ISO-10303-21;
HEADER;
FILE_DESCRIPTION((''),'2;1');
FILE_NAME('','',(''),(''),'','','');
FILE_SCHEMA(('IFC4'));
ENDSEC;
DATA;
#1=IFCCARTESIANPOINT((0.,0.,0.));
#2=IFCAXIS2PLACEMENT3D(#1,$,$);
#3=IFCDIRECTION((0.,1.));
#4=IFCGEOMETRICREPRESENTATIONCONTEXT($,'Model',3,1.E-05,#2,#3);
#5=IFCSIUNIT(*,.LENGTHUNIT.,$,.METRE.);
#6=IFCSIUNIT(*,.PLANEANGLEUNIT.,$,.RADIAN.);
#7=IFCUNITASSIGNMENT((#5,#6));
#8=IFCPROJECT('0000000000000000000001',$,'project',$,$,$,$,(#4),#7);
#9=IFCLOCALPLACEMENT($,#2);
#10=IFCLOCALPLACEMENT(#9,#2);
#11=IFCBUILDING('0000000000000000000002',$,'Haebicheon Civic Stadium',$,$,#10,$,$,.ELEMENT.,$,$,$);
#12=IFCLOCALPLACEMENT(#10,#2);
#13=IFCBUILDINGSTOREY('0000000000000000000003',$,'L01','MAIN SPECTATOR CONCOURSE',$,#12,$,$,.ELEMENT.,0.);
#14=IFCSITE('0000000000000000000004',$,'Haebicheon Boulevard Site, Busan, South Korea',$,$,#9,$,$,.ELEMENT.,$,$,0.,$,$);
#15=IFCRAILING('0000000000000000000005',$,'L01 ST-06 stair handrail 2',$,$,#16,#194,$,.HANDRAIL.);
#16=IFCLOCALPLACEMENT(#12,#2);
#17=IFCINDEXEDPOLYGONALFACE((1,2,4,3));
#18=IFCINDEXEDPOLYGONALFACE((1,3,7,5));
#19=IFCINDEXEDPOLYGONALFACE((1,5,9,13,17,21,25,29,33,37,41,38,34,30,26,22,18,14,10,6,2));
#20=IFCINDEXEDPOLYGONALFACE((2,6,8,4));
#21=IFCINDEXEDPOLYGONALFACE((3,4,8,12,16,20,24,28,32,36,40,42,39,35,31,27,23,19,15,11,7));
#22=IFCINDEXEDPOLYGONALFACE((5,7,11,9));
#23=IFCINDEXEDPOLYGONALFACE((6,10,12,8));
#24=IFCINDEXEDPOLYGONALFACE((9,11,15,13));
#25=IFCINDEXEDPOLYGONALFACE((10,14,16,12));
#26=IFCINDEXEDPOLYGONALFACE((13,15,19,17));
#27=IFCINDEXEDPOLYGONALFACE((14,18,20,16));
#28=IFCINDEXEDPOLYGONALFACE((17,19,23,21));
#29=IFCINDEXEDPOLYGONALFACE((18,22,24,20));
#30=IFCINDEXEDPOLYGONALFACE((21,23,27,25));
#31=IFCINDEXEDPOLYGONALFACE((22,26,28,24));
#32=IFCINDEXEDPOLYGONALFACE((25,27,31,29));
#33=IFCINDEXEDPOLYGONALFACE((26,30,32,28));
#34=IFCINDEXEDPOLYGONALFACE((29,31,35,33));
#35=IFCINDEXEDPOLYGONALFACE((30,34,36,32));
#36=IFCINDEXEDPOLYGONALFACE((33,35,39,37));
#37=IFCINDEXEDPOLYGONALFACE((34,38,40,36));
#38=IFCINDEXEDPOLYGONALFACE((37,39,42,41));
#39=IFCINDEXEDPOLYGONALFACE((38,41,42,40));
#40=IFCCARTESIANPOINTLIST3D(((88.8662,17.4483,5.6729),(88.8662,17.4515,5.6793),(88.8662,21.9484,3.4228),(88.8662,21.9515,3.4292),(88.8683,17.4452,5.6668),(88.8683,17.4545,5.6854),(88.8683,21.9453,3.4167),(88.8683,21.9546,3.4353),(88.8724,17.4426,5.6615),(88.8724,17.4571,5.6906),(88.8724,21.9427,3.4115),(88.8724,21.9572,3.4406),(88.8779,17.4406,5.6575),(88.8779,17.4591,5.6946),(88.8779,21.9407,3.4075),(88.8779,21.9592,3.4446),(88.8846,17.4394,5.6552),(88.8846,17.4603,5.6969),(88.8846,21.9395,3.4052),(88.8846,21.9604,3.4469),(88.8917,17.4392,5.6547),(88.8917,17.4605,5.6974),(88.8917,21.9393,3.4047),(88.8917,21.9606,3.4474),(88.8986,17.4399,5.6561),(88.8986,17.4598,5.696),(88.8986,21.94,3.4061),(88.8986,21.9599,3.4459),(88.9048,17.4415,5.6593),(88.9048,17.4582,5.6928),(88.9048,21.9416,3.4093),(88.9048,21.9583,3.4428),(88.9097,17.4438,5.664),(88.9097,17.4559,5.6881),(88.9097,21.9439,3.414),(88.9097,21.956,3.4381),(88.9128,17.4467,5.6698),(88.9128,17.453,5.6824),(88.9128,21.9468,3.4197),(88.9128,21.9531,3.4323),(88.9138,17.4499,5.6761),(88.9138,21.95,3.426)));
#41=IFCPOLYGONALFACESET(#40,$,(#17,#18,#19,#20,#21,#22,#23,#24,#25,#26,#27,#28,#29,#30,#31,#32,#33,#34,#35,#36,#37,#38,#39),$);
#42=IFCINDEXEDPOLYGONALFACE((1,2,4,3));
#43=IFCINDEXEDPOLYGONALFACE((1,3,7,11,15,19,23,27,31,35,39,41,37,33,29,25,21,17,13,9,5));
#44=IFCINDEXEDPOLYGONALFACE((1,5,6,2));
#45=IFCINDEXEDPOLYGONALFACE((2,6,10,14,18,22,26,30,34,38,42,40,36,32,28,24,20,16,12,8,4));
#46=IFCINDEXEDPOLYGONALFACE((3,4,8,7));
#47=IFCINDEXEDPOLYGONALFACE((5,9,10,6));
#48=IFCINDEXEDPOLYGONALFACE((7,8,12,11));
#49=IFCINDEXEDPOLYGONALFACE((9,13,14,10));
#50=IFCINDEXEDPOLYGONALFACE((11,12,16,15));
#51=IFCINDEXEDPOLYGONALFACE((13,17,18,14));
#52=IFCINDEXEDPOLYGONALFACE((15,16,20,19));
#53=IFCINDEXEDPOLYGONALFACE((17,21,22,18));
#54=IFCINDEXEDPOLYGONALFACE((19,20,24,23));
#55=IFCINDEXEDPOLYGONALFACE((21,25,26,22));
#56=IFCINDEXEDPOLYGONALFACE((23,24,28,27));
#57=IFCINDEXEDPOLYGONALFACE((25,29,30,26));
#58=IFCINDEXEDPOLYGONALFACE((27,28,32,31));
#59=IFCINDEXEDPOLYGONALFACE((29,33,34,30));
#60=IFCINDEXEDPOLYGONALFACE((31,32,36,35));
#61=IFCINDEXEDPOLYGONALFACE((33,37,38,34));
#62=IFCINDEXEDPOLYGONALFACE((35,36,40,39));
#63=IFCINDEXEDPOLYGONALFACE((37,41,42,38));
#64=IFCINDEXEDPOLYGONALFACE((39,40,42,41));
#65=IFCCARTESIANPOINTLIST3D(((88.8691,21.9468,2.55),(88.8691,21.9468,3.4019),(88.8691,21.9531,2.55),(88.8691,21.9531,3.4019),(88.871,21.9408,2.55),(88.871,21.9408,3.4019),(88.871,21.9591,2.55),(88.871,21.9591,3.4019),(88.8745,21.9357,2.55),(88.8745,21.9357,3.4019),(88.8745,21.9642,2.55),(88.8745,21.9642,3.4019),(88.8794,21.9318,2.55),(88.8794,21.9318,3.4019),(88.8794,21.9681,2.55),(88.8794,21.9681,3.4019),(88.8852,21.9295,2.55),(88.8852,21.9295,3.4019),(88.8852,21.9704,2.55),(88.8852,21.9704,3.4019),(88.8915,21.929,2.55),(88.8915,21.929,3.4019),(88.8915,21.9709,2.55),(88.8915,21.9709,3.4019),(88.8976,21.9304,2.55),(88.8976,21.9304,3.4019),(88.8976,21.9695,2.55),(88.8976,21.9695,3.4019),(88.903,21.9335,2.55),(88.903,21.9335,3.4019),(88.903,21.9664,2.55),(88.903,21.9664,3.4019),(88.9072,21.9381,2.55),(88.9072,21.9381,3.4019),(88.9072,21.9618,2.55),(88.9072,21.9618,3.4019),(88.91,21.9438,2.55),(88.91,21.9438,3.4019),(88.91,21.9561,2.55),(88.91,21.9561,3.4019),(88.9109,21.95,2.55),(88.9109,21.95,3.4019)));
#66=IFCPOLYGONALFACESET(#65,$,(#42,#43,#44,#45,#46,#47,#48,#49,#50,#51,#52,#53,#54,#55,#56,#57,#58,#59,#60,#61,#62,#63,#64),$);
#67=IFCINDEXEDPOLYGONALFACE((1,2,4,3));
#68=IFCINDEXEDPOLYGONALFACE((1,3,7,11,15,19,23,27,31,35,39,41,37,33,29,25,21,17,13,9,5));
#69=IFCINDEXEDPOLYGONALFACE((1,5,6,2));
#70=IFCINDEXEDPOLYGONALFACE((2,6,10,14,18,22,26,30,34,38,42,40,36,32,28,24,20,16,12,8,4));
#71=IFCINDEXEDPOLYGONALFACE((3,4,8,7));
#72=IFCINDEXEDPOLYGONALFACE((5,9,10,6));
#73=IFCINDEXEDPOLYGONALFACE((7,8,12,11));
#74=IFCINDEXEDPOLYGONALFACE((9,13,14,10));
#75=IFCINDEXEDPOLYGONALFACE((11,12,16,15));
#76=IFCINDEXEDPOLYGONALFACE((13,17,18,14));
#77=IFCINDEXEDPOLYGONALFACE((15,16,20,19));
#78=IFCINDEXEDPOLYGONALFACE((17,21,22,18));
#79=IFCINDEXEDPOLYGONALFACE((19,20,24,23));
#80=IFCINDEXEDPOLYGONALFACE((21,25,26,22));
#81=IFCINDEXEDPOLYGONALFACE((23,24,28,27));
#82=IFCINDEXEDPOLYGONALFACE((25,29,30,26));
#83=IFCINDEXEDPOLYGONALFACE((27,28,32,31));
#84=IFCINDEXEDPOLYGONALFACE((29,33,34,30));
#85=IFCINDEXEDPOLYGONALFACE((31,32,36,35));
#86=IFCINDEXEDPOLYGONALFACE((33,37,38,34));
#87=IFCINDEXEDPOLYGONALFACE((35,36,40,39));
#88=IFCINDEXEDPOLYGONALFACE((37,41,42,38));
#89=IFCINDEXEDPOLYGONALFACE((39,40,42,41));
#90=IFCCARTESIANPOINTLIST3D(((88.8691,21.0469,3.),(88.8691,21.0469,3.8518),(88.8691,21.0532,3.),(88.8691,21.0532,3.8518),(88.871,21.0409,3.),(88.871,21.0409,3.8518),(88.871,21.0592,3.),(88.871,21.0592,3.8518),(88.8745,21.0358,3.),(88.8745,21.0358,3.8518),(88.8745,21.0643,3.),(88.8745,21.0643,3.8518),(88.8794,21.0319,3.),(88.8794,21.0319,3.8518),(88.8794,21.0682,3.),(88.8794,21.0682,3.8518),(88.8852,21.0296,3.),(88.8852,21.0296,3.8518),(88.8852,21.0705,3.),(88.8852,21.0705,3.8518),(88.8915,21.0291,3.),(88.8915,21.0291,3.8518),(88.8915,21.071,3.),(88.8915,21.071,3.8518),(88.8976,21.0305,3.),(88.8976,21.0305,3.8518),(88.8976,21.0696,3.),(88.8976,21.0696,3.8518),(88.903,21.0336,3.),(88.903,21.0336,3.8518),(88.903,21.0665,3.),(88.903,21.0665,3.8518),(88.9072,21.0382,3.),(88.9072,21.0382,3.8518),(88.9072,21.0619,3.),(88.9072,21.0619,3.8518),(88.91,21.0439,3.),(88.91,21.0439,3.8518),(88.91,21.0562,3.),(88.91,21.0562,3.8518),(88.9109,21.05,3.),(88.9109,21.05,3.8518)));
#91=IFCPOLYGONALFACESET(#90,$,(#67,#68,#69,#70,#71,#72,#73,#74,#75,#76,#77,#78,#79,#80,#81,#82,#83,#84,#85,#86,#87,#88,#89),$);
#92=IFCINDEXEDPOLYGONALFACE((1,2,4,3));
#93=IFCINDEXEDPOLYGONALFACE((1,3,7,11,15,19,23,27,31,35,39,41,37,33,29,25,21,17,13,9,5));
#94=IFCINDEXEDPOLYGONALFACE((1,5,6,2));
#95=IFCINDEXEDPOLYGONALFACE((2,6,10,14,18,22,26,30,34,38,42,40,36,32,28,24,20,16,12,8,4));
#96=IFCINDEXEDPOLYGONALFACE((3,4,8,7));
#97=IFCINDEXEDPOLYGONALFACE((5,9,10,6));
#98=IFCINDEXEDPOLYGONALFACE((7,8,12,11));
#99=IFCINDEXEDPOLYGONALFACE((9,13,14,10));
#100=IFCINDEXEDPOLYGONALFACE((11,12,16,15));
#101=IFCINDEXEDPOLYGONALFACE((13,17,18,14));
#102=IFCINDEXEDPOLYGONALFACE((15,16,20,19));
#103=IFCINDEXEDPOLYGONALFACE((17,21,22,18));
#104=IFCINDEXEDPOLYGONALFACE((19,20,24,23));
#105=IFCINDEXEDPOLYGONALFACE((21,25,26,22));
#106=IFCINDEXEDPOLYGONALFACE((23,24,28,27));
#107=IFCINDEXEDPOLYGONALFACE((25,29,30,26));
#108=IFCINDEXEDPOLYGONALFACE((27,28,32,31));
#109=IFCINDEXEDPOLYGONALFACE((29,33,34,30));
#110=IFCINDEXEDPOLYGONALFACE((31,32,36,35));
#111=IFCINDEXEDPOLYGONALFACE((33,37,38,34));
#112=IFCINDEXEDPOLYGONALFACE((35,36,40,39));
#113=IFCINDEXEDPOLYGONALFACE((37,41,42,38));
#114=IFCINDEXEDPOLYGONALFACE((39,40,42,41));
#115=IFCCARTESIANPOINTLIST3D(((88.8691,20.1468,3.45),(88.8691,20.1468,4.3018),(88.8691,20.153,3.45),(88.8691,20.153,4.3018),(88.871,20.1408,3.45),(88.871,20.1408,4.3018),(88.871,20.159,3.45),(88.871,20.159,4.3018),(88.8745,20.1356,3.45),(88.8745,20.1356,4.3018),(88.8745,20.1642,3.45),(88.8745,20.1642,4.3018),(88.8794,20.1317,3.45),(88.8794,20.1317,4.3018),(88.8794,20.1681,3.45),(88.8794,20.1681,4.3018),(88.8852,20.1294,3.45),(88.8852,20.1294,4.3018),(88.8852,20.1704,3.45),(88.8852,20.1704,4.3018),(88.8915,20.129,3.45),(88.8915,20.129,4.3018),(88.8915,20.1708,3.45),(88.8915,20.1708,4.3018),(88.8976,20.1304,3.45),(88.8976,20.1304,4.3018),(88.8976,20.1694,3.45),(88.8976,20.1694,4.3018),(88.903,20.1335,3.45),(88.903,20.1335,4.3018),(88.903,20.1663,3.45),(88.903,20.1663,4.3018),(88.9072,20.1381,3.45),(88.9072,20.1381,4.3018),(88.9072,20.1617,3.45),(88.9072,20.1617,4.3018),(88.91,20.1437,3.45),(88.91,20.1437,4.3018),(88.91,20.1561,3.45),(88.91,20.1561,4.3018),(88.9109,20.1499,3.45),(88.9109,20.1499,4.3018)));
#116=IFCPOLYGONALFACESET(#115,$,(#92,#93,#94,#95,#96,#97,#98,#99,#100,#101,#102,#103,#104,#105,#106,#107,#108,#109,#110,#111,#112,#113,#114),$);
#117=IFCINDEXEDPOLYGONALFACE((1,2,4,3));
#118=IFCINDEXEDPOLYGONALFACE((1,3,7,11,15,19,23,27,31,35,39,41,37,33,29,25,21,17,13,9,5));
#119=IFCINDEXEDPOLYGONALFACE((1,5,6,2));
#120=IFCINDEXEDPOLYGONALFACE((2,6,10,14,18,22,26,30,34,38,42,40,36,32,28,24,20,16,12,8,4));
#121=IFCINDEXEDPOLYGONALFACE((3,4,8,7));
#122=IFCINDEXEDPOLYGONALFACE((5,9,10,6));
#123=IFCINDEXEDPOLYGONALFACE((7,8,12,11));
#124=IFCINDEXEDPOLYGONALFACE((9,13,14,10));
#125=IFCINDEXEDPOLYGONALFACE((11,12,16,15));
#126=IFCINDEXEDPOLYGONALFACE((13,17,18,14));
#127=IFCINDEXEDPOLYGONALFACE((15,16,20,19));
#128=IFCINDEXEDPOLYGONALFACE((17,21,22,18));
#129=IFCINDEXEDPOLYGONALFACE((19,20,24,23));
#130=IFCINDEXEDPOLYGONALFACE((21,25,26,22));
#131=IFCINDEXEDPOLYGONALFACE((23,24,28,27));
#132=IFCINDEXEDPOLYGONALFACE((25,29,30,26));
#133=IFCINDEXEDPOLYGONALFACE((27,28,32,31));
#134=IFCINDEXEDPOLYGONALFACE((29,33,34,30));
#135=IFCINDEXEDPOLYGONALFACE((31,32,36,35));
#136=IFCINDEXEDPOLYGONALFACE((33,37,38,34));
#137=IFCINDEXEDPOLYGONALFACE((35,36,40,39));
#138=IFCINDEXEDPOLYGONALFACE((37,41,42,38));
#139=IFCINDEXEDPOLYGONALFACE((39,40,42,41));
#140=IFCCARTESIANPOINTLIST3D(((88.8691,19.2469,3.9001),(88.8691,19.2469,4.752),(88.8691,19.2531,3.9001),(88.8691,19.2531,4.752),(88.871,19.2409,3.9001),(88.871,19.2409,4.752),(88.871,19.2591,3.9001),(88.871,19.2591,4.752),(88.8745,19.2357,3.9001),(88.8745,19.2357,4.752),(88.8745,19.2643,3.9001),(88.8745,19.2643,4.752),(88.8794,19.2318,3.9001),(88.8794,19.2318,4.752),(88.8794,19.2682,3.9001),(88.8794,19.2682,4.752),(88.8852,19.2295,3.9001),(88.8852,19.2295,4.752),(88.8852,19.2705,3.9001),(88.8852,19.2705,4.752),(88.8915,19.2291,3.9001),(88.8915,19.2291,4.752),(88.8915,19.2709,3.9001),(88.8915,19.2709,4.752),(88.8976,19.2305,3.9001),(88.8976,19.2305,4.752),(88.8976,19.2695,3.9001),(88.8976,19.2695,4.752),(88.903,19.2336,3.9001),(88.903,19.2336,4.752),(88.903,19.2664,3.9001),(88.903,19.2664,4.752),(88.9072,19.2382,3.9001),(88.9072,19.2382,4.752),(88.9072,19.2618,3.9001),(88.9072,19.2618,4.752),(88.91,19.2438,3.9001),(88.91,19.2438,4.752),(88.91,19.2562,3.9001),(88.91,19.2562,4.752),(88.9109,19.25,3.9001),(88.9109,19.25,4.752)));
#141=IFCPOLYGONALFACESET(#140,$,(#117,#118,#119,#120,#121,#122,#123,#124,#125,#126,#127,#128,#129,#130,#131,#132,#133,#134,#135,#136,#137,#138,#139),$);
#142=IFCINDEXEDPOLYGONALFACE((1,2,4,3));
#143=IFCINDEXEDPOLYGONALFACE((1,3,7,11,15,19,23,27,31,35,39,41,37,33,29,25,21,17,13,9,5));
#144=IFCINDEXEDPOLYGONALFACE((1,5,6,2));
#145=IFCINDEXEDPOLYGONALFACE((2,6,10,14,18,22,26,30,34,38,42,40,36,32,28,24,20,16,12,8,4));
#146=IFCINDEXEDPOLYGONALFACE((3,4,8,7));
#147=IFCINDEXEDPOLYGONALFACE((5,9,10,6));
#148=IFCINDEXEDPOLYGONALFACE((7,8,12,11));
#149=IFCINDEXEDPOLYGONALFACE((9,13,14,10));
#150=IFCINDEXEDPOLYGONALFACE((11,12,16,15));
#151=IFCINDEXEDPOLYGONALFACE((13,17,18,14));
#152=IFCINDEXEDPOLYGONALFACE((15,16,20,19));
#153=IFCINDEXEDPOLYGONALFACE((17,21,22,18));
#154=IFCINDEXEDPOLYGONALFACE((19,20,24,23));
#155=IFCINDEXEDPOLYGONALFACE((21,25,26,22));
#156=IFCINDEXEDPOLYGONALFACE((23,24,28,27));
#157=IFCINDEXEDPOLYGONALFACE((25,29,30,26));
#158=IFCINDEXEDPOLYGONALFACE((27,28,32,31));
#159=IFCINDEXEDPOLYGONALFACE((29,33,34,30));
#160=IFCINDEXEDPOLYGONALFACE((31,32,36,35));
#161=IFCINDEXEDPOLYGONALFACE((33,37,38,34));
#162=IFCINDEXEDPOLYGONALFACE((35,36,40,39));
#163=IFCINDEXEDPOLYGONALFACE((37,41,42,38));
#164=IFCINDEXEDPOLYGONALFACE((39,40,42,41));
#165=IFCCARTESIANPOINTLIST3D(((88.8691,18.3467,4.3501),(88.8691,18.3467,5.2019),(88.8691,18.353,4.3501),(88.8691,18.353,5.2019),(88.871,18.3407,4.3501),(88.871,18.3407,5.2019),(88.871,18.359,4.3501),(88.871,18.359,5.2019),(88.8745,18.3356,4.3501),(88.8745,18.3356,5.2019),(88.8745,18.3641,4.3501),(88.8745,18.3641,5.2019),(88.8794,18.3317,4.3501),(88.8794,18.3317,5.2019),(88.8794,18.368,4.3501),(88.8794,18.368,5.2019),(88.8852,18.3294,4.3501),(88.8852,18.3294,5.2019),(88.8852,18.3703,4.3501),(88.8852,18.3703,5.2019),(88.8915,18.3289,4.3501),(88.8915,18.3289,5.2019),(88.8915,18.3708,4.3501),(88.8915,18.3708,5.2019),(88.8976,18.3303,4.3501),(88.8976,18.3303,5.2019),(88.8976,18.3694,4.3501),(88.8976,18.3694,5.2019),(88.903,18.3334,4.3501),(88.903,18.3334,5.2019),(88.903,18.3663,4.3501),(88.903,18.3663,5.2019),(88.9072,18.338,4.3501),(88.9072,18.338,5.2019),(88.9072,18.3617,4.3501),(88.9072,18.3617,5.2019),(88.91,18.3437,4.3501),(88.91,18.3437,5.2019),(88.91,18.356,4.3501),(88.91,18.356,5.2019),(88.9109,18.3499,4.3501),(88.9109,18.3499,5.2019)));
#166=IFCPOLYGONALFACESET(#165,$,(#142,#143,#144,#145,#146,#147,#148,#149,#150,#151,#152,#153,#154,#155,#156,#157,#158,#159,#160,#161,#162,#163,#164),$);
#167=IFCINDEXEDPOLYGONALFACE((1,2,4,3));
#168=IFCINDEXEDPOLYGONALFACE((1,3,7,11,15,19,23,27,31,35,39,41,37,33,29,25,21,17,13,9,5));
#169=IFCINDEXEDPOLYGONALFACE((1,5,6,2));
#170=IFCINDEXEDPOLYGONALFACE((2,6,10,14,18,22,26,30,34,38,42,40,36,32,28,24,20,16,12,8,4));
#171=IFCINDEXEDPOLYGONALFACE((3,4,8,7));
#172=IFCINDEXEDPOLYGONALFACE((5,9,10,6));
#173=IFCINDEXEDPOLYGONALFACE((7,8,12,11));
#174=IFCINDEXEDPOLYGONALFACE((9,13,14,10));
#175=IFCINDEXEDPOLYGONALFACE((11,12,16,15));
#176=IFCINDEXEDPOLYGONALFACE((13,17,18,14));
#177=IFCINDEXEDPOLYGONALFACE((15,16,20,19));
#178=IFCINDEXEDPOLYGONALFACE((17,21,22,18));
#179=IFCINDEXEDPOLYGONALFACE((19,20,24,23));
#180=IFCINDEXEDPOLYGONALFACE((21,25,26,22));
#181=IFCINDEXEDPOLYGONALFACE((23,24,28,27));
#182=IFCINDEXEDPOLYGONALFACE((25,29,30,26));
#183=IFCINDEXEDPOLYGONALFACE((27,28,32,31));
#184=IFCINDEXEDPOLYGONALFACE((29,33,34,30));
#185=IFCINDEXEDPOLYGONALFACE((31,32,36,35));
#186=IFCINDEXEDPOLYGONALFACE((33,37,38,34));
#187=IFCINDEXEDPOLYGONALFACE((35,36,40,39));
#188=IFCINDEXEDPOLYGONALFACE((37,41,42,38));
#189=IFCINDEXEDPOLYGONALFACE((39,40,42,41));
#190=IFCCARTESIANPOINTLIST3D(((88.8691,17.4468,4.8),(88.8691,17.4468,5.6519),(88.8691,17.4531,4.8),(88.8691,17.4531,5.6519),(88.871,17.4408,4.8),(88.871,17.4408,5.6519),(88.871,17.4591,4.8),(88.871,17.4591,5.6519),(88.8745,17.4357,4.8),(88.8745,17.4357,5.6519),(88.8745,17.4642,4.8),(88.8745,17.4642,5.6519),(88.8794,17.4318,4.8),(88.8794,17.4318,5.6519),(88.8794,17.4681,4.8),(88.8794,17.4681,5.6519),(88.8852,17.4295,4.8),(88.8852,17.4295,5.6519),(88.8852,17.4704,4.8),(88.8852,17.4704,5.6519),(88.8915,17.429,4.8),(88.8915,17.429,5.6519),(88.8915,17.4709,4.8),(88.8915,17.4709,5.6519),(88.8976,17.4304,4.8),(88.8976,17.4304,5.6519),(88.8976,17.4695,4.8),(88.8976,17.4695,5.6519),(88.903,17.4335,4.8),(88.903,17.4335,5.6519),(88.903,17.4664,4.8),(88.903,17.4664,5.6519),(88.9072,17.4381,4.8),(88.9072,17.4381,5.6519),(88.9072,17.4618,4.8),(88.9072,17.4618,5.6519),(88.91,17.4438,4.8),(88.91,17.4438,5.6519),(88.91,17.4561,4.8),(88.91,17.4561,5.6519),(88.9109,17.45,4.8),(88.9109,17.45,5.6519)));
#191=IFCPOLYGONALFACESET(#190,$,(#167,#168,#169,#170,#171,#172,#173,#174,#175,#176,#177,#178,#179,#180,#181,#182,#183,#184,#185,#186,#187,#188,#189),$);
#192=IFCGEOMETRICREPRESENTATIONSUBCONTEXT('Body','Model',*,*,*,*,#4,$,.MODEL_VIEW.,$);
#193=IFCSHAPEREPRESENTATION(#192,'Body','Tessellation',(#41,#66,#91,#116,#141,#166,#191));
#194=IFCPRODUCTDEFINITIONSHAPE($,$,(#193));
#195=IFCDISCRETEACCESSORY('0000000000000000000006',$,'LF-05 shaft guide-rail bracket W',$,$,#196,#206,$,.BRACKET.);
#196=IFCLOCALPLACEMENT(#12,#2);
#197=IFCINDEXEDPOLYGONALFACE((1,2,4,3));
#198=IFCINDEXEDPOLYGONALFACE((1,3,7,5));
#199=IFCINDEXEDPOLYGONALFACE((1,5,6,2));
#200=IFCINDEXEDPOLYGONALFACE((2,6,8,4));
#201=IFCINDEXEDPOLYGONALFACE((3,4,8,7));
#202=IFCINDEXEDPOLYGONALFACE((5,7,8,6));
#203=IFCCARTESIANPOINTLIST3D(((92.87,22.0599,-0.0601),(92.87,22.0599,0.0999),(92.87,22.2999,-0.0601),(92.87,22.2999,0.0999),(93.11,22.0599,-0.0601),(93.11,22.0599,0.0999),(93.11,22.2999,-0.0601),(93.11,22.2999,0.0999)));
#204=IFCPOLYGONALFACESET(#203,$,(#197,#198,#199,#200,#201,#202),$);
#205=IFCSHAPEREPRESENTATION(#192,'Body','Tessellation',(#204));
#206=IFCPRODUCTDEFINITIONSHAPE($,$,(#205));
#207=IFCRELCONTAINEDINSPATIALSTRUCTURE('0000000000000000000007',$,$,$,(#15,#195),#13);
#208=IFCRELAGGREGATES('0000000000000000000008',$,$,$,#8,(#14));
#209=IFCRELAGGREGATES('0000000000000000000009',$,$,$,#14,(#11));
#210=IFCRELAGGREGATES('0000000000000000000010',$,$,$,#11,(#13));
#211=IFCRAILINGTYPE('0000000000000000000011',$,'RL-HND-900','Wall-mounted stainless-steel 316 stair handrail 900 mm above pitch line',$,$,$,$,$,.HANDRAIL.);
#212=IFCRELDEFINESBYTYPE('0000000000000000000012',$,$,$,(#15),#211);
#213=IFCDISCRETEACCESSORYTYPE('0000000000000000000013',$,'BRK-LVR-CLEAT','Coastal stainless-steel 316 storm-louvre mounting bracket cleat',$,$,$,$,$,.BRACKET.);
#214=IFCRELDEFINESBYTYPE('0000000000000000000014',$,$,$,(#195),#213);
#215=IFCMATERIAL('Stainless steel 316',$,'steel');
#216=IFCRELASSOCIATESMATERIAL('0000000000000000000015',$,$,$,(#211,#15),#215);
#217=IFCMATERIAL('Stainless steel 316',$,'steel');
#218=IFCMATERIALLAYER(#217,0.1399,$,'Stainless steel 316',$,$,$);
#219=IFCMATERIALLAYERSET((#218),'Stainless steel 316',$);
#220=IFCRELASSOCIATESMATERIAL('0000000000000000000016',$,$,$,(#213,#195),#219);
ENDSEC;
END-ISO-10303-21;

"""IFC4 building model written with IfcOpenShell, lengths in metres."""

from ifc_helpers import new_model, si_unit, direction, frame, origin, origin_2d, place, context, subcontext, project, spatial, rectangle, circle, extrude, material, layer, layer_set, type_object, element, save


model = new_model("IFC4")

# Units and contexts
model_context = context("Model", 3, precision=1e-05, world=origin(), true_north=direction((0.0, 1.0)))
body_context = subcontext(model_context, "Body", "Model", "MODEL_VIEW")
ifc_project = project(units=[si_unit("LENGTHUNIT", "METRE"), si_unit("PLANEANGLEUNIT", "RADIAN")], contexts=[model_context])

# Site, building, storey
site_placement = place(None, origin())
site = spatial("IfcSite", under=ifc_project, at=site_placement, Name="Haebicheon Boulevard Site, Busan, South Korea", CompositionType="ELEMENT", RefElevation=0.0)
building_placement = place(site_placement, origin())
building = spatial("IfcBuilding", under=site, at=building_placement, Name="Haebicheon Civic Stadium", CompositionType="ELEMENT")
storey_placement = place(building_placement, origin())
storey = spatial("IfcBuildingStorey", under=building, at=storey_placement, Name="L01", Description="MAIN SPECTATOR CONCOURSE", CompositionType="ELEMENT", Elevation=0.0)

# Railing
ifc_material_1 = material(Name="Stainless steel 316", Category="steel")
railing_type_1 = type_object("IfcRailingType", Name="RL-HND-900", Description="Wall-mounted stainless-steel 316 stair handrail 900 mm above pitch line", PredefinedType="HANDRAIL", material=ifc_material_1)
railing_1_placement = place(storey_placement, frame((88.8899, 21.95, 2.55)))
element("IfcRailing", 1, at=railing_1_placement, inside=storey, type_object=railing_type_1, material=ifc_material_1, Name="L01 ST-06 stair handrail 2", PredefinedType="HANDRAIL", context=body_context, shape_type="SweptSolid", body=[
    extrude(circle(Radius=0.0239, at=origin_2d()), frame((0.0, 0.0, 0.876), z_axis=(0.0, -0.894427, 0.447214), x_axis=(1.0, 0.0, 0.0)), (0.0, 0.0, 1.0), 5.0312),
    extrude(circle(Radius=0.021, at=origin_2d()), origin(), (0.0, 0.0, 1.0), 0.8518),
    extrude(circle(Radius=0.021, at=origin_2d()), frame((0.0, -0.8999, 0.45)), (0.0, 0.0, 1.0), 0.8518),
    extrude(circle(Radius=0.021, at=origin_2d()), frame((0.0, -1.8, 0.8999)), (0.0, 0.0, 1.0), 0.8518),
    extrude(circle(Radius=0.021, at=origin_2d()), frame((0.0, -2.7, 1.3501)), (0.0, 0.0, 1.0), 0.8518),
    extrude(circle(Radius=0.021, at=origin_2d()), frame((0.0, -3.6001, 1.8)), (0.0, 0.0, 1.0), 0.8518),
    extrude(circle(Radius=0.021, at=origin_2d()), frame((0.0, -4.5, 2.25)), (0.0, 0.0, 1.0), 0.8518),
])

# Discrete accessory
ifc_material_2 = material(Name="Stainless steel 316", Category="steel")
ifc_layer_1 = layer(ifc_material_2, 0.1399, Name="Stainless steel 316")
ifc_layer_set_1 = layer_set([ifc_layer_1], Name="Stainless steel 316")
discrete_accessory_type = type_object("IfcDiscreteAccessoryType", Name="BRK-LVR-CLEAT", Description="Coastal stainless-steel 316 storm-louvre mounting bracket cleat", PredefinedType="BRACKET", material=ifc_layer_set_1)
discrete_accessory_placement = place(storey_placement, frame((92.99, 22.1799, -0.0601), z_axis=(0.0, 0.0, 1.0), x_axis=(1.0, 0.0, 0.0)))
element("IfcDiscreteAccessory", 2, at=discrete_accessory_placement, inside=storey, type_object=discrete_accessory_type, material=ifc_layer_set_1, Name="LF-05 shaft guide-rail bracket W", PredefinedType="BRACKET", context=body_context, shape_type="SweptSolid", body=[
    extrude(rectangle(XDim=0.24, YDim=0.24, at=origin_2d()), origin(), (0.0, 0.0, 1.0), 0.1599),
])

save(model, "model.ifc")
